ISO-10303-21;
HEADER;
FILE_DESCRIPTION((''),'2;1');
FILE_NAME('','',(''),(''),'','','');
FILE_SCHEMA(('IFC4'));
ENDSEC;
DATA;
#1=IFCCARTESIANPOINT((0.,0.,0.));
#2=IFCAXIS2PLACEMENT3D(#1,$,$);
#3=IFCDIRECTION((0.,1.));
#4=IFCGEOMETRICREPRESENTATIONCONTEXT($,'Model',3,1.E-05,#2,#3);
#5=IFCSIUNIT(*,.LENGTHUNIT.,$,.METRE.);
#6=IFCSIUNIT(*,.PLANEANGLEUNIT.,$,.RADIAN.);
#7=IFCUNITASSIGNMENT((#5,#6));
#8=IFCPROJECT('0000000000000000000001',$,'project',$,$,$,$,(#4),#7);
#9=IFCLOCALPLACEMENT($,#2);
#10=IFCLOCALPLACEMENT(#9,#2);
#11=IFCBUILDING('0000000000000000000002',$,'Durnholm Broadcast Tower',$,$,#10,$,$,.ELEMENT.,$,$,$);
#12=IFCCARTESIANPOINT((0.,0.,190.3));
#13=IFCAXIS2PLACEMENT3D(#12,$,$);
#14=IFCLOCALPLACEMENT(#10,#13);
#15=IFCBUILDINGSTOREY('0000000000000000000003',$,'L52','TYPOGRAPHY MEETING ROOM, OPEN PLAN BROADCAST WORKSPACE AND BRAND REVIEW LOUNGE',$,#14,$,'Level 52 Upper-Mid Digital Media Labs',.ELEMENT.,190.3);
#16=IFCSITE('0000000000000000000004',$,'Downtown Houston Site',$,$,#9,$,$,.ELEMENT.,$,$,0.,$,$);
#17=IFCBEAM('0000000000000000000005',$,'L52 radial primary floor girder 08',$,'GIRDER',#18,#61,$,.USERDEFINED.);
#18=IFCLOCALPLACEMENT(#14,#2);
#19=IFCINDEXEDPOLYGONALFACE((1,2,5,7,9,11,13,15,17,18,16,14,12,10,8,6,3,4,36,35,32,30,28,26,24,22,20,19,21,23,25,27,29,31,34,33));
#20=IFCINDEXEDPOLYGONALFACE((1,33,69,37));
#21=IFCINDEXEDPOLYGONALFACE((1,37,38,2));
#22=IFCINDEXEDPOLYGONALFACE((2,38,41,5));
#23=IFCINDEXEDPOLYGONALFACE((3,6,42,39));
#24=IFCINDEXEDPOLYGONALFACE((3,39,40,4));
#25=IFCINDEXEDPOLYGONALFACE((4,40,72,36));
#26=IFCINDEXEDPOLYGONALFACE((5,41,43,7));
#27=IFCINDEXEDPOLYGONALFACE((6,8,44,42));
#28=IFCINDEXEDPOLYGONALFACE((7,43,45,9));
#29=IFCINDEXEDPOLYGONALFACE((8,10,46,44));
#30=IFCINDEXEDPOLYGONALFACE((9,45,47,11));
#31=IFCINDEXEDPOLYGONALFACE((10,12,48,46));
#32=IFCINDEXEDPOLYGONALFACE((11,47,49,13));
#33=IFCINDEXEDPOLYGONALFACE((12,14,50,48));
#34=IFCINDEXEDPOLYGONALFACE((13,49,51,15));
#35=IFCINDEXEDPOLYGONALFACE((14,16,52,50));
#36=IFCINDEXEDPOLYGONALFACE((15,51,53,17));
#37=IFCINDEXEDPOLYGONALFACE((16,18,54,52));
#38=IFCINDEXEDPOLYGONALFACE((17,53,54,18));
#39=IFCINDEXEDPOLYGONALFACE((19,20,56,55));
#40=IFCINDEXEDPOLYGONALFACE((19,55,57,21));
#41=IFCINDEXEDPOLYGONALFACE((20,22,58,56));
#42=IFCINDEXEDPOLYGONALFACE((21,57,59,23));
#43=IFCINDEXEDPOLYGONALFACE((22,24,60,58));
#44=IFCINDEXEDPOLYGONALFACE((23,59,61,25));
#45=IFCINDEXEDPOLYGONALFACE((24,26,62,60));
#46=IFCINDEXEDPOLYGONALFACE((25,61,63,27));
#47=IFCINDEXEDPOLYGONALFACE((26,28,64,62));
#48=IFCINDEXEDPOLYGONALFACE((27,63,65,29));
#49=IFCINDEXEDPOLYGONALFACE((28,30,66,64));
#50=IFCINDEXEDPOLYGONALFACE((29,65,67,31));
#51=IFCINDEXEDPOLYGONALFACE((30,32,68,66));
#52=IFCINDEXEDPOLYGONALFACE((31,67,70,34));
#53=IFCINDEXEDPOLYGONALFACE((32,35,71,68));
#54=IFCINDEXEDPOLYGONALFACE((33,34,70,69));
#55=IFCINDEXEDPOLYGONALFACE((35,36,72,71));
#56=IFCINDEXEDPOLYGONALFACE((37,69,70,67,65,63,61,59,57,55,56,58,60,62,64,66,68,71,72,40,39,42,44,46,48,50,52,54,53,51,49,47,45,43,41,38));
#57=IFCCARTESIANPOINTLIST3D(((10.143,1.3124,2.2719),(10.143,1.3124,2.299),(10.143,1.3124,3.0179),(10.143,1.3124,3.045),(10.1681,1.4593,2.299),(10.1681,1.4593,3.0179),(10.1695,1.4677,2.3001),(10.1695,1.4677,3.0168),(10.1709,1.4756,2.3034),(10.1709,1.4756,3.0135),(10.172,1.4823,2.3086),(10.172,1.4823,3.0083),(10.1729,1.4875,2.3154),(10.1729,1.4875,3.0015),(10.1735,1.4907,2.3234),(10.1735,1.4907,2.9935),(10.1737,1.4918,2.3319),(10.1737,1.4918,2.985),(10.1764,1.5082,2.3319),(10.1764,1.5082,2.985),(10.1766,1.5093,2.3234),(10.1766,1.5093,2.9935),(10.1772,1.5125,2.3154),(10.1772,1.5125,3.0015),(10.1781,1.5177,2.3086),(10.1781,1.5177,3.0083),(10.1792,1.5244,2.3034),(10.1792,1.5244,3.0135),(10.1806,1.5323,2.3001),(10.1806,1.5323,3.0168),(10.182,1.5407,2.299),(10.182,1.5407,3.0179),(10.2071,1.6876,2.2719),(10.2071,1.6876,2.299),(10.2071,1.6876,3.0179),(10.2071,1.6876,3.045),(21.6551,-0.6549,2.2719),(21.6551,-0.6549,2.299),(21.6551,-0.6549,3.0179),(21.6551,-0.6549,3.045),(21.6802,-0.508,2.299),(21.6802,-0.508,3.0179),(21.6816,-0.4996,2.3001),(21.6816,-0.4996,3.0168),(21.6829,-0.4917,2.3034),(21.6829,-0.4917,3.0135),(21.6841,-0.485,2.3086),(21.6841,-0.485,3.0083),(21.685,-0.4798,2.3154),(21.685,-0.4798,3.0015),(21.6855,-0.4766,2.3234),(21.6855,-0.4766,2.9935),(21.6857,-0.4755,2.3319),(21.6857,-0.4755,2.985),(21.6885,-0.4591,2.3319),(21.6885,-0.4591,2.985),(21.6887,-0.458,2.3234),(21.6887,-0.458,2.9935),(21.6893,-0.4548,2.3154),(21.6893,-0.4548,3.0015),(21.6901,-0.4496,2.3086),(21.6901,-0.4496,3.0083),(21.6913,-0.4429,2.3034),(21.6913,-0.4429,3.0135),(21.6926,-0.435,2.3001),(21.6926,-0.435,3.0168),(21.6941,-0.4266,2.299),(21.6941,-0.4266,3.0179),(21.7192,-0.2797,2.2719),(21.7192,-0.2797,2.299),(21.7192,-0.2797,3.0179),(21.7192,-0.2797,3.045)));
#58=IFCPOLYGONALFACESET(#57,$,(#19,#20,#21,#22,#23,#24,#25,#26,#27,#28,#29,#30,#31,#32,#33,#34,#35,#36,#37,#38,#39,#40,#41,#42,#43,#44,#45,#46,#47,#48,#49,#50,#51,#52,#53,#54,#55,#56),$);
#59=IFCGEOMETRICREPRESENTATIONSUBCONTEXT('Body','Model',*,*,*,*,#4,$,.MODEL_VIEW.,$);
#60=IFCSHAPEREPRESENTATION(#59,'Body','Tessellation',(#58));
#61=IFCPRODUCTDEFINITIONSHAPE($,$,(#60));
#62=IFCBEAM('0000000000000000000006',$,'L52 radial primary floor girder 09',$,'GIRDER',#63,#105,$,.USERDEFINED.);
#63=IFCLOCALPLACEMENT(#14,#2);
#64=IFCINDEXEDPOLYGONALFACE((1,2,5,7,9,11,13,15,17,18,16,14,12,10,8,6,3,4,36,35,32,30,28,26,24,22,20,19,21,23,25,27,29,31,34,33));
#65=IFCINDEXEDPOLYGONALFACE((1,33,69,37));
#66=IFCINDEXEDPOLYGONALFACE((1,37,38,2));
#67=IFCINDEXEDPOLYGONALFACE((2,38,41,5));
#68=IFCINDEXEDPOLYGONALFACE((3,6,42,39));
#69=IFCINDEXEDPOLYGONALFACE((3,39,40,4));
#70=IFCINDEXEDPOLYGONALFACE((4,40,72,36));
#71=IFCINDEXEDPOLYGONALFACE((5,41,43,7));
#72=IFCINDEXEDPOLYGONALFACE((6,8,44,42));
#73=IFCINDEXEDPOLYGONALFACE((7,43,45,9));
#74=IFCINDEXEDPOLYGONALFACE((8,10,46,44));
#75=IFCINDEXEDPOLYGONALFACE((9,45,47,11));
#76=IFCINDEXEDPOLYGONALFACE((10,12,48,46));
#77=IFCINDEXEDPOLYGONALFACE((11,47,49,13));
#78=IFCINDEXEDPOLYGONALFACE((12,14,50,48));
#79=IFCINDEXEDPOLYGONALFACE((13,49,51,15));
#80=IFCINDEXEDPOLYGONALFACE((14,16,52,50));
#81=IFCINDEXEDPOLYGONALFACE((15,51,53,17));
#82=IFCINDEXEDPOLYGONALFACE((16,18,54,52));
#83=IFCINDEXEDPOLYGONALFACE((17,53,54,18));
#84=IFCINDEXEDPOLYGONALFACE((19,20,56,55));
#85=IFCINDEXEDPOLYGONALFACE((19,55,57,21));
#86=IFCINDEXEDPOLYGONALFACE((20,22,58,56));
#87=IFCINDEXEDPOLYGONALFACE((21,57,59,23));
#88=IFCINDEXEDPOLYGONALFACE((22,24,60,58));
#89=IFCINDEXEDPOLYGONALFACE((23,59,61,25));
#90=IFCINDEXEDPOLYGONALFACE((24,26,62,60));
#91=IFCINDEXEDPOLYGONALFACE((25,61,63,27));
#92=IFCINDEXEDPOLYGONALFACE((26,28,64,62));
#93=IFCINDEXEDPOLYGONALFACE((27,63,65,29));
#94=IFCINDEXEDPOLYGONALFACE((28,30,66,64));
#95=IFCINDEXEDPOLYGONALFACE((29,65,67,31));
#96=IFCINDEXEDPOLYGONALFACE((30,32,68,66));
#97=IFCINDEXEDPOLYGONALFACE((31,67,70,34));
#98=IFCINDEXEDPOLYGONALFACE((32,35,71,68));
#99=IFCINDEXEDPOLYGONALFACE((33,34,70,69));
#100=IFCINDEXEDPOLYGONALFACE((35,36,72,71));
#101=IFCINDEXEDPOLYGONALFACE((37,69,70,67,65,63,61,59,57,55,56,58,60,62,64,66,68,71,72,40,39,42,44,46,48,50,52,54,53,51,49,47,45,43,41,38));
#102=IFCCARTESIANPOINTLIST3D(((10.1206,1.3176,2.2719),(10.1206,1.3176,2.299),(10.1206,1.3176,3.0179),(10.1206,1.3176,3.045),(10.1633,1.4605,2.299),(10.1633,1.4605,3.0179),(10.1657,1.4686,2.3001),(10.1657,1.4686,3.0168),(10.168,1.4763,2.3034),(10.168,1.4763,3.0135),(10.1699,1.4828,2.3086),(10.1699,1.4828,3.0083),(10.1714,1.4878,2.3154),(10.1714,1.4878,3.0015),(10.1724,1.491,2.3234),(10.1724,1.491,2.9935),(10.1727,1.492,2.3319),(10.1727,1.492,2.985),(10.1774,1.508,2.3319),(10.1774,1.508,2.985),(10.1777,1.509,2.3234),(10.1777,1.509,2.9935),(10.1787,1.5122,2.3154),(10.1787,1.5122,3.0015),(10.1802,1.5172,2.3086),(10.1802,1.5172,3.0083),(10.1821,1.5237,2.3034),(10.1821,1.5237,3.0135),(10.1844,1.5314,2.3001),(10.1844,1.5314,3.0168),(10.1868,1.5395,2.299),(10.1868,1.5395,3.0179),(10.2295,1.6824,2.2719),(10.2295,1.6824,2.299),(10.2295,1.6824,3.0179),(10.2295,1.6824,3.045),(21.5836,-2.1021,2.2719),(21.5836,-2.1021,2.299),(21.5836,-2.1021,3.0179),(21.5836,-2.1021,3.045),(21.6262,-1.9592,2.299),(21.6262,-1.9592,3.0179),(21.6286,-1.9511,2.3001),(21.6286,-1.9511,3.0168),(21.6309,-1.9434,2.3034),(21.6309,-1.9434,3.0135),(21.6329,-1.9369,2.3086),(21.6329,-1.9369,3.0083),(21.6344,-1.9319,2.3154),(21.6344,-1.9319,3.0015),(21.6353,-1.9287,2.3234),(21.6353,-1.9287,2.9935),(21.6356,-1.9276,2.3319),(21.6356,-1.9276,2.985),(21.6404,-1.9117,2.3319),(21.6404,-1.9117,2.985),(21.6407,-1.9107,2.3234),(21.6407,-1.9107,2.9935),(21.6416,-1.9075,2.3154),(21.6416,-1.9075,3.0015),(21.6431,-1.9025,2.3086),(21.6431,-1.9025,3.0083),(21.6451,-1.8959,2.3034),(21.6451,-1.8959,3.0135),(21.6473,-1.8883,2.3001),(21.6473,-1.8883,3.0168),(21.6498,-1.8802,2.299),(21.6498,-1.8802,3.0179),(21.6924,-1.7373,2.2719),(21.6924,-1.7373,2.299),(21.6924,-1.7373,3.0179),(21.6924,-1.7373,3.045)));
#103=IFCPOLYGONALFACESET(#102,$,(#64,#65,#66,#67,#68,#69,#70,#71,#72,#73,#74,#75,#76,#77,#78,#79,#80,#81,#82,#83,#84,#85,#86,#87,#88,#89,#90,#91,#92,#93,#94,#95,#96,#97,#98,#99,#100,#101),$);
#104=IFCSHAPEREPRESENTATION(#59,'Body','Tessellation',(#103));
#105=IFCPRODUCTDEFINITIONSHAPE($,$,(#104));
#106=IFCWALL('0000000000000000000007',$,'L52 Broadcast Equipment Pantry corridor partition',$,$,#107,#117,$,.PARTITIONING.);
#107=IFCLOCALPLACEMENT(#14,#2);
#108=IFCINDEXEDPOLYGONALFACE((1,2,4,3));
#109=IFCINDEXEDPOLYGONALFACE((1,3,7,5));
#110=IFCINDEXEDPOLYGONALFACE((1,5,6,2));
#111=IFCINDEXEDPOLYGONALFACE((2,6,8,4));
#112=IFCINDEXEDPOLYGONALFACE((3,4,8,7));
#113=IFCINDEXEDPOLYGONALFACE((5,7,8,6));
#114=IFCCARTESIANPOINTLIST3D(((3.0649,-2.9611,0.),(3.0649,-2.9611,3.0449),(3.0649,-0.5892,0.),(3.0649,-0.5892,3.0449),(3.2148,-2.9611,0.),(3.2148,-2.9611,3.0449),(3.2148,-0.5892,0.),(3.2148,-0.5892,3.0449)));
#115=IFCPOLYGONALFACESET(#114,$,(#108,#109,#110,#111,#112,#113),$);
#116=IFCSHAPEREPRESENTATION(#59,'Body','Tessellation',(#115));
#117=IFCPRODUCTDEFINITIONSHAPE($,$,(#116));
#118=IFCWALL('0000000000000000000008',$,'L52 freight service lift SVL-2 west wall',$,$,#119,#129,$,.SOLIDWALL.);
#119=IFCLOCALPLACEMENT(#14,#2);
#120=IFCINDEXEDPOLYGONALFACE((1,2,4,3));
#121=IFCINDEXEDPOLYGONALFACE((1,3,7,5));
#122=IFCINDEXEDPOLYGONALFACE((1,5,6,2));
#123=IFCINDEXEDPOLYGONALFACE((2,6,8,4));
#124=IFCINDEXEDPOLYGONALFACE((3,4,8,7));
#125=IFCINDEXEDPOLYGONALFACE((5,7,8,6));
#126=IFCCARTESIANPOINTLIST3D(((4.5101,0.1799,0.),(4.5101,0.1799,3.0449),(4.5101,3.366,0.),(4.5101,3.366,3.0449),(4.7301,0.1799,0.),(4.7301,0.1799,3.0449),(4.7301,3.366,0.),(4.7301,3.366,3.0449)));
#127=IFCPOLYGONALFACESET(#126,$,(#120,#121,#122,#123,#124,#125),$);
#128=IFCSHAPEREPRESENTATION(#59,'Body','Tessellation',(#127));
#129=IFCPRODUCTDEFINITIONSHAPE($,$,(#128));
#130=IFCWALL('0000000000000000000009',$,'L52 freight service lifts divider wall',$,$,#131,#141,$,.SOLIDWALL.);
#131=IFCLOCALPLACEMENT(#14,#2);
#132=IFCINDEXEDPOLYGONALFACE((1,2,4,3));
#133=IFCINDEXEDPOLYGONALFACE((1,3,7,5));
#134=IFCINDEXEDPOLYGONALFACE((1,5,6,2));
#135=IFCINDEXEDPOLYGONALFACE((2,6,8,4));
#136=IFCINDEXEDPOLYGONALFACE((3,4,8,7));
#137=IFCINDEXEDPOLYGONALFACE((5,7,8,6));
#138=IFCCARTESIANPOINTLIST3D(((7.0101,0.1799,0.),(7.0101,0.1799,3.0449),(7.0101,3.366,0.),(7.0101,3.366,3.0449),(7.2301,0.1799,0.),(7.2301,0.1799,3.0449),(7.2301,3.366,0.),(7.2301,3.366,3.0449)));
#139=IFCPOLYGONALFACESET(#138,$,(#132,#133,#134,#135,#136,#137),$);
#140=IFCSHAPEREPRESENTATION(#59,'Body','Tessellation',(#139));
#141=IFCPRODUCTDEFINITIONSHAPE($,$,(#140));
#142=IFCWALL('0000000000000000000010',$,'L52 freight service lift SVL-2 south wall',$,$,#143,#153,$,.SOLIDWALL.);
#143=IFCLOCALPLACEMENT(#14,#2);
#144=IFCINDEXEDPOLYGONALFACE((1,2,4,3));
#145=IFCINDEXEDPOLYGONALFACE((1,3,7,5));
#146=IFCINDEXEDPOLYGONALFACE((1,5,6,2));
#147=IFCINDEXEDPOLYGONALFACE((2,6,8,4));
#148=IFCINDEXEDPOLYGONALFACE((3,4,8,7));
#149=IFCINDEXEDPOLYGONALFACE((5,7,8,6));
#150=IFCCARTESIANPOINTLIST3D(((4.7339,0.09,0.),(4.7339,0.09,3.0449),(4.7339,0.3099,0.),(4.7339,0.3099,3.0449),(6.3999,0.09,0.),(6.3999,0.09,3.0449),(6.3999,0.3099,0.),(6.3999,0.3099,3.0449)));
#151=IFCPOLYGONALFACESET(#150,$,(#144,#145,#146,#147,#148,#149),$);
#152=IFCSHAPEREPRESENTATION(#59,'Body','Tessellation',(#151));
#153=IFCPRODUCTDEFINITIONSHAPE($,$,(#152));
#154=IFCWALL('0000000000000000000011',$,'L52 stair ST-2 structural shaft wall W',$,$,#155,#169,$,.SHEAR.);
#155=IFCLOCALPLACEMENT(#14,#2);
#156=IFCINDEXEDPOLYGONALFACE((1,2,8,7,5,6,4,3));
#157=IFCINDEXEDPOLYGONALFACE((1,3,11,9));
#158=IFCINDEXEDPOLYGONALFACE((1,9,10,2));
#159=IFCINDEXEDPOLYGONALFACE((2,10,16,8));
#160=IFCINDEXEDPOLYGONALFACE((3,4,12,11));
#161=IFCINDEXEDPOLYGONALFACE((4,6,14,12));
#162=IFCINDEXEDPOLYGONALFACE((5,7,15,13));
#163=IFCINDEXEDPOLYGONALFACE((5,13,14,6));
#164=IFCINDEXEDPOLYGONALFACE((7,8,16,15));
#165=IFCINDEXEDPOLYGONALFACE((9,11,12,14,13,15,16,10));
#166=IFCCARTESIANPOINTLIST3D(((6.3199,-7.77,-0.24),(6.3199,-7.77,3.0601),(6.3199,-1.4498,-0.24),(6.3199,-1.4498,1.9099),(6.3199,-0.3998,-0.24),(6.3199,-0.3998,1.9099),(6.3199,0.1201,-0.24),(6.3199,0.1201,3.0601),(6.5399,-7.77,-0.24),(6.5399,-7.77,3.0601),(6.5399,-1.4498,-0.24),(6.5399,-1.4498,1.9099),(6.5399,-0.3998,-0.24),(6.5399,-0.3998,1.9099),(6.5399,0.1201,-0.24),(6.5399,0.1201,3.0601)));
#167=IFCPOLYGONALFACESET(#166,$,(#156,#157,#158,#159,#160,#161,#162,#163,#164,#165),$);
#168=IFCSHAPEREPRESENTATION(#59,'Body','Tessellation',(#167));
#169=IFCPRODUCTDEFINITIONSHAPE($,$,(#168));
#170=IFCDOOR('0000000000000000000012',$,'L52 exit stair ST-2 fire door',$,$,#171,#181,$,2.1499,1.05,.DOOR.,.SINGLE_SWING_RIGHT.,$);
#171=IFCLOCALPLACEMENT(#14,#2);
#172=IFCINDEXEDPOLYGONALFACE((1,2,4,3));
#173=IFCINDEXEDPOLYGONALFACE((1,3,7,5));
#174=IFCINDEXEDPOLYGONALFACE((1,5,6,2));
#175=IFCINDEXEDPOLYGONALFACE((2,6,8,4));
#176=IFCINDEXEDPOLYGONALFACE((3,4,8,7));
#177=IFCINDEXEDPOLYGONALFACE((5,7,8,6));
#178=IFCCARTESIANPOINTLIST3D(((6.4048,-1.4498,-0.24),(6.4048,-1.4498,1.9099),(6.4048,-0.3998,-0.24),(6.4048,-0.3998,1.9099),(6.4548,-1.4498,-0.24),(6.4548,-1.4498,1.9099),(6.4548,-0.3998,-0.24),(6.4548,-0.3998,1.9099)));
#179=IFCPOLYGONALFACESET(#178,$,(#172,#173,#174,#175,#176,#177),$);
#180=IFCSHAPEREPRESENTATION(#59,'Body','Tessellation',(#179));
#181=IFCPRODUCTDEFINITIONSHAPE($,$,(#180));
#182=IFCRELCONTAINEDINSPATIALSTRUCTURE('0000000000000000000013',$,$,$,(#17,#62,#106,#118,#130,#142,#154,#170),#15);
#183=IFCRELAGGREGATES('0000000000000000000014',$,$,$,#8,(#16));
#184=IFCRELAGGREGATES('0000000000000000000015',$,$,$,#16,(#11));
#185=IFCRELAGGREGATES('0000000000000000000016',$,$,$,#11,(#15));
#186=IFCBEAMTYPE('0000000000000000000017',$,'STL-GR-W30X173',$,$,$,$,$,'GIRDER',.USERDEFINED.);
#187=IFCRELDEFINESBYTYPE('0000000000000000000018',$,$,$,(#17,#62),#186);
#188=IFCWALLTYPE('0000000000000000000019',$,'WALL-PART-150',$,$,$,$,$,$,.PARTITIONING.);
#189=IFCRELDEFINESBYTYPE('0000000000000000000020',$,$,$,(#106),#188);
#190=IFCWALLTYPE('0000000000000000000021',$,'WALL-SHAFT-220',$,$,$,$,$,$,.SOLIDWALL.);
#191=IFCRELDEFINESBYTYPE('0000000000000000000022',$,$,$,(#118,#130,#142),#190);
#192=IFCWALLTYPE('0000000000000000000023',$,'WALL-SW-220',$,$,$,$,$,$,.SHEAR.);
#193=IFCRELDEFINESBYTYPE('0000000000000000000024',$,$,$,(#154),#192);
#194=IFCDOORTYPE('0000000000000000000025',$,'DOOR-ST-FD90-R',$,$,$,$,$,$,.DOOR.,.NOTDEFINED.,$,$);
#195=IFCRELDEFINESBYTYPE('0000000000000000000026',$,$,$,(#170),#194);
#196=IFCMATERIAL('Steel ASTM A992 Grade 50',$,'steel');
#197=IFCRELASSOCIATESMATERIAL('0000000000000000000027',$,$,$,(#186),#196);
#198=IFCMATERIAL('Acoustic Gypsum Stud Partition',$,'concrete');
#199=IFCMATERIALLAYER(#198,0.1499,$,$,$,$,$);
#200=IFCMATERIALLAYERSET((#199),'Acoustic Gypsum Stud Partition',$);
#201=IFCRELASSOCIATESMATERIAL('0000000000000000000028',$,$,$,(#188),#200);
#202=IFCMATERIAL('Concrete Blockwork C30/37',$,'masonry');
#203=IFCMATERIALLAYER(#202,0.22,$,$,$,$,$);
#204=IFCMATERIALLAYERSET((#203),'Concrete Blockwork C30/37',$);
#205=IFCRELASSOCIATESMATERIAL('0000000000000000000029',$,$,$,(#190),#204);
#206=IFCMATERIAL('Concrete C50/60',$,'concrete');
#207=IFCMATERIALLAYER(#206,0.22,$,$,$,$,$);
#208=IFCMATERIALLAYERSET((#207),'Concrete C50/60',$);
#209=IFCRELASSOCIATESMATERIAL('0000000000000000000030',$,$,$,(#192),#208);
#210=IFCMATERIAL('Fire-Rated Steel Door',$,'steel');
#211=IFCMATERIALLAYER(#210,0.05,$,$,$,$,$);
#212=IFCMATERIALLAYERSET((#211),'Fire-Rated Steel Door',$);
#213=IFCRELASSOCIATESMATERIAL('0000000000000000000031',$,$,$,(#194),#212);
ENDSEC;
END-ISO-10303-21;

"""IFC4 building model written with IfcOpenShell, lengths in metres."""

from ifc_helpers import new_model, si_unit, direction, frame, frame_2d, origin, origin_2d, place, context, subcontext, project, spatial, rectangle, i_section, extrude, source, transform, mapped, material, layer, layer_set, material_profile, profile_set, type_object, type_shapes, element, fill, save


model = new_model("IFC4")

# Units and contexts
model_context = context("Model", 3, precision=1e-05, world=origin(), true_north=direction((0.0, 1.0)))
body_context = subcontext(model_context, "Body", "Model", "MODEL_VIEW")
ifc_project = project(units=[si_unit("LENGTHUNIT", "METRE"), si_unit("PLANEANGLEUNIT", "RADIAN")], contexts=[model_context])

# Site, building, storey
site_placement = place(None, origin())
site = spatial("IfcSite", under=ifc_project, at=site_placement, Name="Downtown Houston Site", CompositionType="ELEMENT", RefElevation=0.0)
building_placement = place(site_placement, origin())
building = spatial("IfcBuilding", under=site, at=building_placement, Name="Durnholm Broadcast Tower", CompositionType="ELEMENT")
storey_placement = place(building_placement, frame((0.0, 0.0, 190.3)))
storey = spatial("IfcBuildingStorey", under=building, at=storey_placement, Name="L52", Description="TYPOGRAPHY MEETING ROOM, OPEN PLAN BROADCAST WORKSPACE AND BRAND REVIEW LOUNGE", LongName="Level 52 Upper-Mid Digital Media Labs", CompositionType="ELEMENT", Elevation=190.3)

# Beams
ifc_material_1 = material(Name="Steel ASTM A992 Grade 50", Category="steel")
ifc_material_profile = material_profile(ifc_material_1, i_section(OverallWidth=0.3806, OverallDepth=0.7732, WebThickness=0.0166, FlangeThickness=0.0271, FilletRadius=0.033, at=origin_2d()), Name="W30X173")
ifc_profile_set = profile_set([ifc_material_profile], Name="Steel ASTM A992 Grade 50")
beam_type = type_object("IfcBeamType", Name="STL-GR-W30X173", ElementType="GIRDER", PredefinedType="USERDEFINED", material=ifc_profile_set)
shared_shape_1 = source(origin(), body_context, "Body", "SweptSolid", [
    extrude(i_section(OverallWidth=0.3806, OverallDepth=0.7732, WebThickness=0.0166, FlangeThickness=0.0271, FilletRadius=0.033, at=origin_2d()), origin(), (0.0, 0.0, 1.0), 11.679),
])
beam_1_placement = place(storey_placement, frame((10.175, 1.5, 2.6584), z_axis=(0.98571, -0.168449, 0.0), x_axis=(0.168449, 0.98571, 0.0)))
element("IfcBeam", 1, at=beam_1_placement, inside=storey, type_object=beam_type, Name="L52 radial primary floor girder 08", ObjectType="GIRDER", PredefinedType="USERDEFINED", context=body_context, shape_type="MappedRepresentation", body=[
    mapped(shared_shape_1, transform((0.0, 0.0, 0.0), x_axis=(1.0, 0.0, 0.0), y_axis=(0.0, 1.0, 0.0), z_axis=(0.0, 0.0, 1.0), scale=1.0)),
])
shared_shape_2 = source(origin(), body_context, "Body", "SweptSolid", [
    extrude(i_section(OverallWidth=0.3806, OverallDepth=0.7732, WebThickness=0.0166, FlangeThickness=0.0271, FilletRadius=0.033, at=origin_2d()), origin(), (0.0, 0.0, 1.0), 11.9622),
])
type_shapes(beam_type, [shared_shape_1, shared_shape_2])
beam_2_placement = place(storey_placement, frame((10.175, 1.5, 2.6584), z_axis=(0.958267, -0.285876, 0.0), x_axis=(0.285876, 0.958267, 0.0)))
element("IfcBeam", 2, at=beam_2_placement, inside=storey, type_object=beam_type, Name="L52 radial primary floor girder 09", ObjectType="GIRDER", PredefinedType="USERDEFINED", context=body_context, shape_type="MappedRepresentation", body=[
    mapped(shared_shape_2, transform((0.0, 0.0, 0.0), x_axis=(1.0, 0.0, 0.0), y_axis=(0.0, 1.0, 0.0), z_axis=(0.0, 0.0, 1.0), scale=1.0)),
])

# Wall
ifc_material_2 = material(Name="Acoustic Gypsum Stud Partition", Category="concrete")
ifc_layer_1 = layer(ifc_material_2, 0.1499)
ifc_layer_set_1 = layer_set([ifc_layer_1], Name="Acoustic Gypsum Stud Partition")
wall_type_1 = type_object("IfcWallType", Name="WALL-PART-150", PredefinedType="PARTITIONING", material=ifc_layer_set_1)
wall_1_placement = place(storey_placement, frame((3.1399, -0.5891, 0.0), z_axis=(0.0, 0.0, 1.0), x_axis=(0.0, -1.0, 0.0)))
element("IfcWall", 3, at=wall_1_placement, inside=storey, type_object=wall_type_1, Name="L52 Broadcast Equipment Pantry corridor partition", PredefinedType="PARTITIONING", context=body_context, shape_type="SweptSolid", body=[
    extrude(rectangle(XDim=2.3718, YDim=0.1499, at=frame_2d((1.186, 0.0))), origin(), (0.0, 0.0, 1.0), 3.0449),
])

# Shared definitions
ifc_material_3 = material(Name="Concrete Blockwork C30/37", Category="masonry")
ifc_layer_2 = layer(ifc_material_3, 0.22)
ifc_layer_set_2 = layer_set([ifc_layer_2], Name="Concrete Blockwork C30/37")
wall_type_2 = type_object("IfcWallType", Name="WALL-SHAFT-220", PredefinedType="SOLIDWALL", material=ifc_layer_set_2)

# Walls
for number, where, z_axis, x_axis, name in (
    (4, (4.6201, 0.1799, 0.0), (0.0, 0.0, 1.0), (0.0, 1.0, 0.0), "L52 freight service lift SVL-2 west wall"),
    (5, (7.1201, 0.1799, 0.0), (0.0, 0.0, 1.0), (0.0, 1.0, 0.0), "L52 freight service lifts divider wall"),
):
    element("IfcWall", number, at=place(storey_placement, frame(where, z_axis=z_axis, x_axis=x_axis)), inside=storey, type_object=wall_type_2, Name=name, PredefinedType="SOLIDWALL", context=body_context, shape_type="SweptSolid", body=[
        extrude(rectangle(XDim=3.186, YDim=0.22, at=frame_2d((1.593, 0.0))), origin(), (0.0, 0.0, 1.0), 3.0449),
    ])
wall_2_placement = place(storey_placement, frame((4.7339, 0.2, 0.0), z_axis=(0.0, 0.0, 1.0), x_axis=(1.0, 0.0, 0.0)))
element("IfcWall", 6, at=wall_2_placement, inside=storey, type_object=wall_type_2, Name="L52 freight service lift SVL-2 south wall", PredefinedType="SOLIDWALL", context=body_context, shape_type="SweptSolid", body=[
    extrude(rectangle(XDim=1.666, YDim=0.22, at=frame_2d((0.833, 0.0))), origin(), (0.0, 0.0, 1.0), 3.0449),
])

# Wall, opening, door
ifc_material_4 = material(Name="Concrete C50/60", Category="concrete")
ifc_layer_3 = layer(ifc_material_4, 0.22)
ifc_layer_set_3 = layer_set([ifc_layer_3], Name="Concrete C50/60")
wall_type_3 = type_object("IfcWallType", Name="WALL-SW-220", PredefinedType="SHEAR", material=ifc_layer_set_3)
wall_3_placement = place(storey_placement, frame((6.4299, 0.1201, -0.24), z_axis=(0.0, 0.0, 1.0), x_axis=(0.0, -1.0, 0.0)))
wall_3 = element("IfcWall", 7, at=wall_3_placement, inside=storey, type_object=wall_type_3, Name="L52 stair ST-2 structural shaft wall W", PredefinedType="SHEAR", context=body_context, shape_type="SweptSolid", body=[
    extrude(rectangle(XDim=7.8901, YDim=0.22, at=frame_2d((3.9451, 0.0))), origin(), (0.0, 0.0, 1.0), 3.3),
])
opening_1_placement = place(wall_3_placement, frame((0.52, 0.0, 0.0)))
opening_1 = element("IfcOpeningElement", 8, at=opening_1_placement, cuts=wall_3, PredefinedType="OPENING", context=body_context, shape_type="SweptSolid", body=[
    extrude(rectangle(XDim=1.05, YDim=2.1499, at=frame_2d((0.5249, 1.075))), frame((0.0, 0.1201, 0.0), z_axis=(0.0, -1.0, 0.0), x_axis=(1.0, 0.0, 0.0)), (0.0, 0.0, 1.0), 0.24),
])
ifc_material_5 = material(Name="Fire-Rated Steel Door", Category="steel")
ifc_layer_4 = layer(ifc_material_5, 0.05)
ifc_layer_set_4 = layer_set([ifc_layer_4], Name="Fire-Rated Steel Door")
door_type_1 = type_object("IfcDoorType", Name="DOOR-ST-FD90-R", OperationType="NOTDEFINED", PredefinedType="DOOR", material=ifc_layer_set_4)
shared_shape_3 = source(origin(), body_context, "Body", "SweptSolid", [
    extrude(rectangle(XDim=1.05, YDim=2.1499, at=frame_2d((0.5249, 1.075))), frame((0.0, 0.0249, 0.0), z_axis=(0.0, -1.0, 0.0), x_axis=(1.0, 0.0, 0.0)), (0.0, 0.0, 1.0), 0.05),
])
type_shapes(door_type_1, [shared_shape_3])
door_1_placement = place(opening_1_placement, origin())
door_1 = element("IfcDoor", 9, at=door_1_placement, inside=storey, type_object=door_type_1, Name="L52 exit stair ST-2 fire door", OperationType="SINGLE_SWING_RIGHT", OverallHeight=2.1499, OverallWidth=1.05, PredefinedType="DOOR", context=body_context, shape_type="MappedRepresentation", body=[
    mapped(shared_shape_3, transform((0.0, 0.0, 0.0), x_axis=(1.0, 0.0, 0.0), y_axis=(0.0, 1.0, 0.0), z_axis=(0.0, 0.0, 1.0), scale=1.0)),
])
fill(opening_1, door_1)

save(model, "model.ifc")
